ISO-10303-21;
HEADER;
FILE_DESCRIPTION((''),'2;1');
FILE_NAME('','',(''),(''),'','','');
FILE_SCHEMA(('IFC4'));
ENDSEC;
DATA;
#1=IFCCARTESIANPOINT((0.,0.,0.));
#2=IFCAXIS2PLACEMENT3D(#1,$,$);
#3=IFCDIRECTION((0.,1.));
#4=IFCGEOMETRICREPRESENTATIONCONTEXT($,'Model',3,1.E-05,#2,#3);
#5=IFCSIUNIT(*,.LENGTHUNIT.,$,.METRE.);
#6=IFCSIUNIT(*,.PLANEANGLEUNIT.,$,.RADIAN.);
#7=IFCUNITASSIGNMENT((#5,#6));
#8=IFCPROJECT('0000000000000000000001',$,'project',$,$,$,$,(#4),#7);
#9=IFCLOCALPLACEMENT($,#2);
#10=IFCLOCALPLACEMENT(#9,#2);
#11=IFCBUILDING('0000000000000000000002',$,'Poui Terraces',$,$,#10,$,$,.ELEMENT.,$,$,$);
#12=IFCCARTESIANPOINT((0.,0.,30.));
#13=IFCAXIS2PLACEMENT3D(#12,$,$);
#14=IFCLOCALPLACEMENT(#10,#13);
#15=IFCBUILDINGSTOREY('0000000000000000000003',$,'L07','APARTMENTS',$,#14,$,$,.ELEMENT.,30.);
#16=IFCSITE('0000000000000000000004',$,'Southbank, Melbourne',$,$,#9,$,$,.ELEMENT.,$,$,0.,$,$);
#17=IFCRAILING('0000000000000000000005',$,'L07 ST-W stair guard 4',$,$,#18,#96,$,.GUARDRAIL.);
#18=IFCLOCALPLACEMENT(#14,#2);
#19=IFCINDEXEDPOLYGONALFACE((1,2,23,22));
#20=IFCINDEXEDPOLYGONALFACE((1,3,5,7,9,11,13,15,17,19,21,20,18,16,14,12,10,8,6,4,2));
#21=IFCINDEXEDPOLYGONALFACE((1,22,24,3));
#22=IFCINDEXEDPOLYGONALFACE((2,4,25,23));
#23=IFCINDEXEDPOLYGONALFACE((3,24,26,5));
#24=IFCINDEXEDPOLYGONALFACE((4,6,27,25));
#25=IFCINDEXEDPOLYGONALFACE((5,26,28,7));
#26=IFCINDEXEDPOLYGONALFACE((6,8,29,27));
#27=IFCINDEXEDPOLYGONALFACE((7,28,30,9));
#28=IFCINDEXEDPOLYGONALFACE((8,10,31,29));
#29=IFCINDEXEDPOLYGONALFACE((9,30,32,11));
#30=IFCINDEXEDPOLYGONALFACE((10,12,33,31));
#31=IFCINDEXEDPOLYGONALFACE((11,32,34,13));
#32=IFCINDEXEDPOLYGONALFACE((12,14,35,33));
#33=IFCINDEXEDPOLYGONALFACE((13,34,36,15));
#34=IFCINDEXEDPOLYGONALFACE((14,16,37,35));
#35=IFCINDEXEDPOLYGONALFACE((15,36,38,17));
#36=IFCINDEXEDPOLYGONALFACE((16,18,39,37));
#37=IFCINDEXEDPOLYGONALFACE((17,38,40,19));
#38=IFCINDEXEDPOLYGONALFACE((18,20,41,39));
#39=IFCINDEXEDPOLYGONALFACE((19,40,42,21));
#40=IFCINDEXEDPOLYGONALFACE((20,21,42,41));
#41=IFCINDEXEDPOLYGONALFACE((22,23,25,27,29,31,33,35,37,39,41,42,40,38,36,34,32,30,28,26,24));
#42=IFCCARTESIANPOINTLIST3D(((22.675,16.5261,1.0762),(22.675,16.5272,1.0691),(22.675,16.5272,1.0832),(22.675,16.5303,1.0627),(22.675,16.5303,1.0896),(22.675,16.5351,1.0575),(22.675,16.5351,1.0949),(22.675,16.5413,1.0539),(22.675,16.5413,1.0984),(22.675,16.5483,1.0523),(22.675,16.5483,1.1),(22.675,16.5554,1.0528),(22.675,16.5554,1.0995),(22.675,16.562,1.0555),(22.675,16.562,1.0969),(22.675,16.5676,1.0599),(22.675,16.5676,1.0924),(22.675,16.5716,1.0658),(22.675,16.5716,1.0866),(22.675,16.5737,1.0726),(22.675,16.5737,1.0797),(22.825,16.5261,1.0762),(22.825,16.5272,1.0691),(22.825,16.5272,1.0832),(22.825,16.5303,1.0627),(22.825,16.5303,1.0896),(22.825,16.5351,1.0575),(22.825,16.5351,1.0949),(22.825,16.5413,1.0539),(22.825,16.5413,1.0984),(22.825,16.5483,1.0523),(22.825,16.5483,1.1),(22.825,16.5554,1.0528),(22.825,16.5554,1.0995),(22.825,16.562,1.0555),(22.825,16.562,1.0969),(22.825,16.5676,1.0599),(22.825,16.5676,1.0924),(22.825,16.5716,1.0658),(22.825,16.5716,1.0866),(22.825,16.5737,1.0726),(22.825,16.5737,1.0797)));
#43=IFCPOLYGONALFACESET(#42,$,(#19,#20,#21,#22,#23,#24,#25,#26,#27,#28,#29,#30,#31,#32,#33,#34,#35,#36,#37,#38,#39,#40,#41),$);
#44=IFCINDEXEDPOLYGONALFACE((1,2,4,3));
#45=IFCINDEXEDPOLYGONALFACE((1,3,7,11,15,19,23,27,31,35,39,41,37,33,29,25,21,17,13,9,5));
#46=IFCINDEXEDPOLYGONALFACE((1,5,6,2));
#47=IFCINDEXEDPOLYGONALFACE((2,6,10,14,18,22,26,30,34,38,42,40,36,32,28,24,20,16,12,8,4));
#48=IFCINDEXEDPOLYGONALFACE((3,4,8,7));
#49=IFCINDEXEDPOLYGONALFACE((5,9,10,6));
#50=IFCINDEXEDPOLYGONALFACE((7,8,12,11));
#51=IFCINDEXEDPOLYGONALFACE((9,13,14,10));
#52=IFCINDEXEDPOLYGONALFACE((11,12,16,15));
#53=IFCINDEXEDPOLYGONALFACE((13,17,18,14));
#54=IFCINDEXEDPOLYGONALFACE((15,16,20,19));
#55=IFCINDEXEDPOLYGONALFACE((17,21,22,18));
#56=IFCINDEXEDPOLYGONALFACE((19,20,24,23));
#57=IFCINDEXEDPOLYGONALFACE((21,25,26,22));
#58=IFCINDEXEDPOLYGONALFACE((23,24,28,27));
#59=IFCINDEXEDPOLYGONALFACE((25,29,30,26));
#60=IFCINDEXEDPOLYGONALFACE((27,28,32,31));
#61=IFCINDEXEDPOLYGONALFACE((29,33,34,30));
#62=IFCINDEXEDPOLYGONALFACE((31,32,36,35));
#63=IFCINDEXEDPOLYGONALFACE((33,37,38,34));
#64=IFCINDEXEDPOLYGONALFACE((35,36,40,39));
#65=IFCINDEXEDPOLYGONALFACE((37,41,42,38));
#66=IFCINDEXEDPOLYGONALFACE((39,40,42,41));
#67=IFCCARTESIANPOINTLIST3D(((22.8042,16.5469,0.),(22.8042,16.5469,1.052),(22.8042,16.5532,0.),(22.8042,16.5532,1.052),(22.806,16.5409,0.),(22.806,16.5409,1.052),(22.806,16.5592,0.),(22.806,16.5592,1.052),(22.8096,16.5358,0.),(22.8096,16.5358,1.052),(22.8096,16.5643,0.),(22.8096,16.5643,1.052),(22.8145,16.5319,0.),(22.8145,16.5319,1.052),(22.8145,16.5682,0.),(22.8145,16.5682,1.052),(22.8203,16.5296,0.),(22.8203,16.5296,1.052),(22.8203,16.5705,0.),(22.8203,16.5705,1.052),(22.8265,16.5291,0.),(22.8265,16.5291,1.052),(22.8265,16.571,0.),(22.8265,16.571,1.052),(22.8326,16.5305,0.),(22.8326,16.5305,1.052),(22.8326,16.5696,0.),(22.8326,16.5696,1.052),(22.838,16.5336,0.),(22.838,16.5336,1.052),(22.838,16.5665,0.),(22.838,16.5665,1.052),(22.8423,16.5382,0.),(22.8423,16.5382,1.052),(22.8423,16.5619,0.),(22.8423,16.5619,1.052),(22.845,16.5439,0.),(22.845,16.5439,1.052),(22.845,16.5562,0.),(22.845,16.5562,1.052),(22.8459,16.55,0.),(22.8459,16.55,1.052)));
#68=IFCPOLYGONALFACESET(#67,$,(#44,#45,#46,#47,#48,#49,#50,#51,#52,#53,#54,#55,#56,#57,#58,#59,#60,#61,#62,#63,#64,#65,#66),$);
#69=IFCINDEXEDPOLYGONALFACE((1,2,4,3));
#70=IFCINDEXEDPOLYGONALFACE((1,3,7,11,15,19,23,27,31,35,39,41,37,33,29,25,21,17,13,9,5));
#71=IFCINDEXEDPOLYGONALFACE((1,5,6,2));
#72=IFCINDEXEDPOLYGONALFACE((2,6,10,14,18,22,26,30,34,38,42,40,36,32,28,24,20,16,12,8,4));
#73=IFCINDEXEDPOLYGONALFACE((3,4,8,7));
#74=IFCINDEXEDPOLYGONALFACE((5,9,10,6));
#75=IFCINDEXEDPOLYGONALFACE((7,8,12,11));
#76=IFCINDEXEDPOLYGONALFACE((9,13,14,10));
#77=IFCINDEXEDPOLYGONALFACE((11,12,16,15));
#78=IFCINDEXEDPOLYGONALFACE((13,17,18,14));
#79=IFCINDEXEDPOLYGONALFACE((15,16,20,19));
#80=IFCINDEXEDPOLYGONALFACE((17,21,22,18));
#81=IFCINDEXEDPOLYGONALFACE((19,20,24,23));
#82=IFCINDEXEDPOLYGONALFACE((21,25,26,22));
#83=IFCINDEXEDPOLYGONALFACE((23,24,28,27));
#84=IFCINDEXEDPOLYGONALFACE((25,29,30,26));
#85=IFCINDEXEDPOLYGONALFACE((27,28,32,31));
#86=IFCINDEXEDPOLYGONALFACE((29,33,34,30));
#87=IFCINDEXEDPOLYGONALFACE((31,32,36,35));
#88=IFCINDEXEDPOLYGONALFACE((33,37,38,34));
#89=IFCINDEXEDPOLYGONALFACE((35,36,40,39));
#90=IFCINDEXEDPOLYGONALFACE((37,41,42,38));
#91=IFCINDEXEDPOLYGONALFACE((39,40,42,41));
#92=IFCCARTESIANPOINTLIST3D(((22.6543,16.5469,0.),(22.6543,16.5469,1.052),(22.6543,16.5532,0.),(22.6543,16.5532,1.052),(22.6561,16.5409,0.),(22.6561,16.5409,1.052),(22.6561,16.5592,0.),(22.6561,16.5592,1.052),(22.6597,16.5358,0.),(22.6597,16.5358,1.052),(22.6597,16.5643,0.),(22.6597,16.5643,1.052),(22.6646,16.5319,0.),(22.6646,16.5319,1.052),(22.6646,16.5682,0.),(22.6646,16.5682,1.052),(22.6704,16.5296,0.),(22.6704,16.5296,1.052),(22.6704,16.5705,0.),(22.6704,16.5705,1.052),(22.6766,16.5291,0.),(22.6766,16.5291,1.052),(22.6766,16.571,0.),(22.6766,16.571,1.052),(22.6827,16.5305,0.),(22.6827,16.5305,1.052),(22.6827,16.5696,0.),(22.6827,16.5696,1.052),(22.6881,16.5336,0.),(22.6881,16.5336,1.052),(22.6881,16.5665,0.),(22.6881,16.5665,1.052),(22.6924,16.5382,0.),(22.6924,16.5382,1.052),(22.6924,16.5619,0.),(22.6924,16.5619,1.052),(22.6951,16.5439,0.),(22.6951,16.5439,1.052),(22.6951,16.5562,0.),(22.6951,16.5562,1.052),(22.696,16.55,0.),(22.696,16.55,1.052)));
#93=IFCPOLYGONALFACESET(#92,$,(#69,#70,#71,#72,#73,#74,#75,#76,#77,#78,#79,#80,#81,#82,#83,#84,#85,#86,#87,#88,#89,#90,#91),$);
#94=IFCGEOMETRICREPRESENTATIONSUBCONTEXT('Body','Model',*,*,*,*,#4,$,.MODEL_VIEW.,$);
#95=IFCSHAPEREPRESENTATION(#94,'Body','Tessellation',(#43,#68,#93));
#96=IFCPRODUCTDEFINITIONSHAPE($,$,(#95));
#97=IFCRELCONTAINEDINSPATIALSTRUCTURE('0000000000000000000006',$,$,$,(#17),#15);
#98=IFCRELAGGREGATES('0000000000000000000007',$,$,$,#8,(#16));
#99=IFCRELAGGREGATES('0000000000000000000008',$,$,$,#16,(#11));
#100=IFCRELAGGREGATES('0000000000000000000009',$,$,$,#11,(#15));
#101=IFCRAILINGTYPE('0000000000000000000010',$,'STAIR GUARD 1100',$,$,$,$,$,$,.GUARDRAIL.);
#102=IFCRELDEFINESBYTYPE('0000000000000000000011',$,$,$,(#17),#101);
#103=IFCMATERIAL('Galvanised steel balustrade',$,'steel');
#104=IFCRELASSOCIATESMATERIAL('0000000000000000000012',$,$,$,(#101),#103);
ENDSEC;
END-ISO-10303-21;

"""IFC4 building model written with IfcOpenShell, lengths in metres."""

from ifc_helpers import new_model, si_unit, direction, frame, origin, origin_2d, place, context, subcontext, project, spatial, circle, extrude, material, type_object, element, save


model = new_model("IFC4")

# Units and contexts
model_context = context("Model", 3, precision=1e-05, world=origin(), true_north=direction((0.0, 1.0)))
body_context = subcontext(model_context, "Body", "Model", "MODEL_VIEW")
ifc_project = project(units=[si_unit("LENGTHUNIT", "METRE"), si_unit("PLANEANGLEUNIT", "RADIAN")], contexts=[model_context])

# Site, building, storey
site_placement = place(None, origin())
site = spatial("IfcSite", under=ifc_project, at=site_placement, Name="Southbank, Melbourne", CompositionType="ELEMENT", RefElevation=0.0)
building_placement = place(site_placement, origin())
building = spatial("IfcBuilding", under=site, at=building_placement, Name="Poui Terraces", CompositionType="ELEMENT")
storey_placement = place(building_placement, frame((0.0, 0.0, 30.0)))
storey = spatial("IfcBuildingStorey", under=building, at=storey_placement, Name="L07", Description="APARTMENTS", CompositionType="ELEMENT", Elevation=30.0)

# Railing
ifc_material_1 = material(Name="Galvanised steel balustrade", Category="steel")
railing_type_1 = type_object("IfcRailingType", Name="STAIR GUARD 1100", PredefinedType="GUARDRAIL", material=ifc_material_1)
railing_1_placement = place(storey_placement, frame((22.825, 16.55, 0.0)))
element("IfcRailing", 1, at=railing_1_placement, inside=storey, type_object=railing_type_1, Name="L07 ST-W stair guard 4", PredefinedType="GUARDRAIL", context=body_context, shape_type="SweptSolid", body=[
    extrude(circle(Radius=0.0239, at=origin_2d()), frame((0.0, 0.0, 1.0762), z_axis=(-1.0, 0.0, 0.0), x_axis=(0.0, -1.0, 0.0)), (0.0, 0.0, 1.0), 0.1499),
    extrude(circle(Radius=0.021, at=origin_2d()), origin(), (0.0, 0.0, 1.0), 1.052),
    extrude(circle(Radius=0.021, at=origin_2d()), frame((-0.1499, 0.0, 0.0)), (0.0, 0.0, 1.0), 1.052),
])

save(model, "model.ifc")
